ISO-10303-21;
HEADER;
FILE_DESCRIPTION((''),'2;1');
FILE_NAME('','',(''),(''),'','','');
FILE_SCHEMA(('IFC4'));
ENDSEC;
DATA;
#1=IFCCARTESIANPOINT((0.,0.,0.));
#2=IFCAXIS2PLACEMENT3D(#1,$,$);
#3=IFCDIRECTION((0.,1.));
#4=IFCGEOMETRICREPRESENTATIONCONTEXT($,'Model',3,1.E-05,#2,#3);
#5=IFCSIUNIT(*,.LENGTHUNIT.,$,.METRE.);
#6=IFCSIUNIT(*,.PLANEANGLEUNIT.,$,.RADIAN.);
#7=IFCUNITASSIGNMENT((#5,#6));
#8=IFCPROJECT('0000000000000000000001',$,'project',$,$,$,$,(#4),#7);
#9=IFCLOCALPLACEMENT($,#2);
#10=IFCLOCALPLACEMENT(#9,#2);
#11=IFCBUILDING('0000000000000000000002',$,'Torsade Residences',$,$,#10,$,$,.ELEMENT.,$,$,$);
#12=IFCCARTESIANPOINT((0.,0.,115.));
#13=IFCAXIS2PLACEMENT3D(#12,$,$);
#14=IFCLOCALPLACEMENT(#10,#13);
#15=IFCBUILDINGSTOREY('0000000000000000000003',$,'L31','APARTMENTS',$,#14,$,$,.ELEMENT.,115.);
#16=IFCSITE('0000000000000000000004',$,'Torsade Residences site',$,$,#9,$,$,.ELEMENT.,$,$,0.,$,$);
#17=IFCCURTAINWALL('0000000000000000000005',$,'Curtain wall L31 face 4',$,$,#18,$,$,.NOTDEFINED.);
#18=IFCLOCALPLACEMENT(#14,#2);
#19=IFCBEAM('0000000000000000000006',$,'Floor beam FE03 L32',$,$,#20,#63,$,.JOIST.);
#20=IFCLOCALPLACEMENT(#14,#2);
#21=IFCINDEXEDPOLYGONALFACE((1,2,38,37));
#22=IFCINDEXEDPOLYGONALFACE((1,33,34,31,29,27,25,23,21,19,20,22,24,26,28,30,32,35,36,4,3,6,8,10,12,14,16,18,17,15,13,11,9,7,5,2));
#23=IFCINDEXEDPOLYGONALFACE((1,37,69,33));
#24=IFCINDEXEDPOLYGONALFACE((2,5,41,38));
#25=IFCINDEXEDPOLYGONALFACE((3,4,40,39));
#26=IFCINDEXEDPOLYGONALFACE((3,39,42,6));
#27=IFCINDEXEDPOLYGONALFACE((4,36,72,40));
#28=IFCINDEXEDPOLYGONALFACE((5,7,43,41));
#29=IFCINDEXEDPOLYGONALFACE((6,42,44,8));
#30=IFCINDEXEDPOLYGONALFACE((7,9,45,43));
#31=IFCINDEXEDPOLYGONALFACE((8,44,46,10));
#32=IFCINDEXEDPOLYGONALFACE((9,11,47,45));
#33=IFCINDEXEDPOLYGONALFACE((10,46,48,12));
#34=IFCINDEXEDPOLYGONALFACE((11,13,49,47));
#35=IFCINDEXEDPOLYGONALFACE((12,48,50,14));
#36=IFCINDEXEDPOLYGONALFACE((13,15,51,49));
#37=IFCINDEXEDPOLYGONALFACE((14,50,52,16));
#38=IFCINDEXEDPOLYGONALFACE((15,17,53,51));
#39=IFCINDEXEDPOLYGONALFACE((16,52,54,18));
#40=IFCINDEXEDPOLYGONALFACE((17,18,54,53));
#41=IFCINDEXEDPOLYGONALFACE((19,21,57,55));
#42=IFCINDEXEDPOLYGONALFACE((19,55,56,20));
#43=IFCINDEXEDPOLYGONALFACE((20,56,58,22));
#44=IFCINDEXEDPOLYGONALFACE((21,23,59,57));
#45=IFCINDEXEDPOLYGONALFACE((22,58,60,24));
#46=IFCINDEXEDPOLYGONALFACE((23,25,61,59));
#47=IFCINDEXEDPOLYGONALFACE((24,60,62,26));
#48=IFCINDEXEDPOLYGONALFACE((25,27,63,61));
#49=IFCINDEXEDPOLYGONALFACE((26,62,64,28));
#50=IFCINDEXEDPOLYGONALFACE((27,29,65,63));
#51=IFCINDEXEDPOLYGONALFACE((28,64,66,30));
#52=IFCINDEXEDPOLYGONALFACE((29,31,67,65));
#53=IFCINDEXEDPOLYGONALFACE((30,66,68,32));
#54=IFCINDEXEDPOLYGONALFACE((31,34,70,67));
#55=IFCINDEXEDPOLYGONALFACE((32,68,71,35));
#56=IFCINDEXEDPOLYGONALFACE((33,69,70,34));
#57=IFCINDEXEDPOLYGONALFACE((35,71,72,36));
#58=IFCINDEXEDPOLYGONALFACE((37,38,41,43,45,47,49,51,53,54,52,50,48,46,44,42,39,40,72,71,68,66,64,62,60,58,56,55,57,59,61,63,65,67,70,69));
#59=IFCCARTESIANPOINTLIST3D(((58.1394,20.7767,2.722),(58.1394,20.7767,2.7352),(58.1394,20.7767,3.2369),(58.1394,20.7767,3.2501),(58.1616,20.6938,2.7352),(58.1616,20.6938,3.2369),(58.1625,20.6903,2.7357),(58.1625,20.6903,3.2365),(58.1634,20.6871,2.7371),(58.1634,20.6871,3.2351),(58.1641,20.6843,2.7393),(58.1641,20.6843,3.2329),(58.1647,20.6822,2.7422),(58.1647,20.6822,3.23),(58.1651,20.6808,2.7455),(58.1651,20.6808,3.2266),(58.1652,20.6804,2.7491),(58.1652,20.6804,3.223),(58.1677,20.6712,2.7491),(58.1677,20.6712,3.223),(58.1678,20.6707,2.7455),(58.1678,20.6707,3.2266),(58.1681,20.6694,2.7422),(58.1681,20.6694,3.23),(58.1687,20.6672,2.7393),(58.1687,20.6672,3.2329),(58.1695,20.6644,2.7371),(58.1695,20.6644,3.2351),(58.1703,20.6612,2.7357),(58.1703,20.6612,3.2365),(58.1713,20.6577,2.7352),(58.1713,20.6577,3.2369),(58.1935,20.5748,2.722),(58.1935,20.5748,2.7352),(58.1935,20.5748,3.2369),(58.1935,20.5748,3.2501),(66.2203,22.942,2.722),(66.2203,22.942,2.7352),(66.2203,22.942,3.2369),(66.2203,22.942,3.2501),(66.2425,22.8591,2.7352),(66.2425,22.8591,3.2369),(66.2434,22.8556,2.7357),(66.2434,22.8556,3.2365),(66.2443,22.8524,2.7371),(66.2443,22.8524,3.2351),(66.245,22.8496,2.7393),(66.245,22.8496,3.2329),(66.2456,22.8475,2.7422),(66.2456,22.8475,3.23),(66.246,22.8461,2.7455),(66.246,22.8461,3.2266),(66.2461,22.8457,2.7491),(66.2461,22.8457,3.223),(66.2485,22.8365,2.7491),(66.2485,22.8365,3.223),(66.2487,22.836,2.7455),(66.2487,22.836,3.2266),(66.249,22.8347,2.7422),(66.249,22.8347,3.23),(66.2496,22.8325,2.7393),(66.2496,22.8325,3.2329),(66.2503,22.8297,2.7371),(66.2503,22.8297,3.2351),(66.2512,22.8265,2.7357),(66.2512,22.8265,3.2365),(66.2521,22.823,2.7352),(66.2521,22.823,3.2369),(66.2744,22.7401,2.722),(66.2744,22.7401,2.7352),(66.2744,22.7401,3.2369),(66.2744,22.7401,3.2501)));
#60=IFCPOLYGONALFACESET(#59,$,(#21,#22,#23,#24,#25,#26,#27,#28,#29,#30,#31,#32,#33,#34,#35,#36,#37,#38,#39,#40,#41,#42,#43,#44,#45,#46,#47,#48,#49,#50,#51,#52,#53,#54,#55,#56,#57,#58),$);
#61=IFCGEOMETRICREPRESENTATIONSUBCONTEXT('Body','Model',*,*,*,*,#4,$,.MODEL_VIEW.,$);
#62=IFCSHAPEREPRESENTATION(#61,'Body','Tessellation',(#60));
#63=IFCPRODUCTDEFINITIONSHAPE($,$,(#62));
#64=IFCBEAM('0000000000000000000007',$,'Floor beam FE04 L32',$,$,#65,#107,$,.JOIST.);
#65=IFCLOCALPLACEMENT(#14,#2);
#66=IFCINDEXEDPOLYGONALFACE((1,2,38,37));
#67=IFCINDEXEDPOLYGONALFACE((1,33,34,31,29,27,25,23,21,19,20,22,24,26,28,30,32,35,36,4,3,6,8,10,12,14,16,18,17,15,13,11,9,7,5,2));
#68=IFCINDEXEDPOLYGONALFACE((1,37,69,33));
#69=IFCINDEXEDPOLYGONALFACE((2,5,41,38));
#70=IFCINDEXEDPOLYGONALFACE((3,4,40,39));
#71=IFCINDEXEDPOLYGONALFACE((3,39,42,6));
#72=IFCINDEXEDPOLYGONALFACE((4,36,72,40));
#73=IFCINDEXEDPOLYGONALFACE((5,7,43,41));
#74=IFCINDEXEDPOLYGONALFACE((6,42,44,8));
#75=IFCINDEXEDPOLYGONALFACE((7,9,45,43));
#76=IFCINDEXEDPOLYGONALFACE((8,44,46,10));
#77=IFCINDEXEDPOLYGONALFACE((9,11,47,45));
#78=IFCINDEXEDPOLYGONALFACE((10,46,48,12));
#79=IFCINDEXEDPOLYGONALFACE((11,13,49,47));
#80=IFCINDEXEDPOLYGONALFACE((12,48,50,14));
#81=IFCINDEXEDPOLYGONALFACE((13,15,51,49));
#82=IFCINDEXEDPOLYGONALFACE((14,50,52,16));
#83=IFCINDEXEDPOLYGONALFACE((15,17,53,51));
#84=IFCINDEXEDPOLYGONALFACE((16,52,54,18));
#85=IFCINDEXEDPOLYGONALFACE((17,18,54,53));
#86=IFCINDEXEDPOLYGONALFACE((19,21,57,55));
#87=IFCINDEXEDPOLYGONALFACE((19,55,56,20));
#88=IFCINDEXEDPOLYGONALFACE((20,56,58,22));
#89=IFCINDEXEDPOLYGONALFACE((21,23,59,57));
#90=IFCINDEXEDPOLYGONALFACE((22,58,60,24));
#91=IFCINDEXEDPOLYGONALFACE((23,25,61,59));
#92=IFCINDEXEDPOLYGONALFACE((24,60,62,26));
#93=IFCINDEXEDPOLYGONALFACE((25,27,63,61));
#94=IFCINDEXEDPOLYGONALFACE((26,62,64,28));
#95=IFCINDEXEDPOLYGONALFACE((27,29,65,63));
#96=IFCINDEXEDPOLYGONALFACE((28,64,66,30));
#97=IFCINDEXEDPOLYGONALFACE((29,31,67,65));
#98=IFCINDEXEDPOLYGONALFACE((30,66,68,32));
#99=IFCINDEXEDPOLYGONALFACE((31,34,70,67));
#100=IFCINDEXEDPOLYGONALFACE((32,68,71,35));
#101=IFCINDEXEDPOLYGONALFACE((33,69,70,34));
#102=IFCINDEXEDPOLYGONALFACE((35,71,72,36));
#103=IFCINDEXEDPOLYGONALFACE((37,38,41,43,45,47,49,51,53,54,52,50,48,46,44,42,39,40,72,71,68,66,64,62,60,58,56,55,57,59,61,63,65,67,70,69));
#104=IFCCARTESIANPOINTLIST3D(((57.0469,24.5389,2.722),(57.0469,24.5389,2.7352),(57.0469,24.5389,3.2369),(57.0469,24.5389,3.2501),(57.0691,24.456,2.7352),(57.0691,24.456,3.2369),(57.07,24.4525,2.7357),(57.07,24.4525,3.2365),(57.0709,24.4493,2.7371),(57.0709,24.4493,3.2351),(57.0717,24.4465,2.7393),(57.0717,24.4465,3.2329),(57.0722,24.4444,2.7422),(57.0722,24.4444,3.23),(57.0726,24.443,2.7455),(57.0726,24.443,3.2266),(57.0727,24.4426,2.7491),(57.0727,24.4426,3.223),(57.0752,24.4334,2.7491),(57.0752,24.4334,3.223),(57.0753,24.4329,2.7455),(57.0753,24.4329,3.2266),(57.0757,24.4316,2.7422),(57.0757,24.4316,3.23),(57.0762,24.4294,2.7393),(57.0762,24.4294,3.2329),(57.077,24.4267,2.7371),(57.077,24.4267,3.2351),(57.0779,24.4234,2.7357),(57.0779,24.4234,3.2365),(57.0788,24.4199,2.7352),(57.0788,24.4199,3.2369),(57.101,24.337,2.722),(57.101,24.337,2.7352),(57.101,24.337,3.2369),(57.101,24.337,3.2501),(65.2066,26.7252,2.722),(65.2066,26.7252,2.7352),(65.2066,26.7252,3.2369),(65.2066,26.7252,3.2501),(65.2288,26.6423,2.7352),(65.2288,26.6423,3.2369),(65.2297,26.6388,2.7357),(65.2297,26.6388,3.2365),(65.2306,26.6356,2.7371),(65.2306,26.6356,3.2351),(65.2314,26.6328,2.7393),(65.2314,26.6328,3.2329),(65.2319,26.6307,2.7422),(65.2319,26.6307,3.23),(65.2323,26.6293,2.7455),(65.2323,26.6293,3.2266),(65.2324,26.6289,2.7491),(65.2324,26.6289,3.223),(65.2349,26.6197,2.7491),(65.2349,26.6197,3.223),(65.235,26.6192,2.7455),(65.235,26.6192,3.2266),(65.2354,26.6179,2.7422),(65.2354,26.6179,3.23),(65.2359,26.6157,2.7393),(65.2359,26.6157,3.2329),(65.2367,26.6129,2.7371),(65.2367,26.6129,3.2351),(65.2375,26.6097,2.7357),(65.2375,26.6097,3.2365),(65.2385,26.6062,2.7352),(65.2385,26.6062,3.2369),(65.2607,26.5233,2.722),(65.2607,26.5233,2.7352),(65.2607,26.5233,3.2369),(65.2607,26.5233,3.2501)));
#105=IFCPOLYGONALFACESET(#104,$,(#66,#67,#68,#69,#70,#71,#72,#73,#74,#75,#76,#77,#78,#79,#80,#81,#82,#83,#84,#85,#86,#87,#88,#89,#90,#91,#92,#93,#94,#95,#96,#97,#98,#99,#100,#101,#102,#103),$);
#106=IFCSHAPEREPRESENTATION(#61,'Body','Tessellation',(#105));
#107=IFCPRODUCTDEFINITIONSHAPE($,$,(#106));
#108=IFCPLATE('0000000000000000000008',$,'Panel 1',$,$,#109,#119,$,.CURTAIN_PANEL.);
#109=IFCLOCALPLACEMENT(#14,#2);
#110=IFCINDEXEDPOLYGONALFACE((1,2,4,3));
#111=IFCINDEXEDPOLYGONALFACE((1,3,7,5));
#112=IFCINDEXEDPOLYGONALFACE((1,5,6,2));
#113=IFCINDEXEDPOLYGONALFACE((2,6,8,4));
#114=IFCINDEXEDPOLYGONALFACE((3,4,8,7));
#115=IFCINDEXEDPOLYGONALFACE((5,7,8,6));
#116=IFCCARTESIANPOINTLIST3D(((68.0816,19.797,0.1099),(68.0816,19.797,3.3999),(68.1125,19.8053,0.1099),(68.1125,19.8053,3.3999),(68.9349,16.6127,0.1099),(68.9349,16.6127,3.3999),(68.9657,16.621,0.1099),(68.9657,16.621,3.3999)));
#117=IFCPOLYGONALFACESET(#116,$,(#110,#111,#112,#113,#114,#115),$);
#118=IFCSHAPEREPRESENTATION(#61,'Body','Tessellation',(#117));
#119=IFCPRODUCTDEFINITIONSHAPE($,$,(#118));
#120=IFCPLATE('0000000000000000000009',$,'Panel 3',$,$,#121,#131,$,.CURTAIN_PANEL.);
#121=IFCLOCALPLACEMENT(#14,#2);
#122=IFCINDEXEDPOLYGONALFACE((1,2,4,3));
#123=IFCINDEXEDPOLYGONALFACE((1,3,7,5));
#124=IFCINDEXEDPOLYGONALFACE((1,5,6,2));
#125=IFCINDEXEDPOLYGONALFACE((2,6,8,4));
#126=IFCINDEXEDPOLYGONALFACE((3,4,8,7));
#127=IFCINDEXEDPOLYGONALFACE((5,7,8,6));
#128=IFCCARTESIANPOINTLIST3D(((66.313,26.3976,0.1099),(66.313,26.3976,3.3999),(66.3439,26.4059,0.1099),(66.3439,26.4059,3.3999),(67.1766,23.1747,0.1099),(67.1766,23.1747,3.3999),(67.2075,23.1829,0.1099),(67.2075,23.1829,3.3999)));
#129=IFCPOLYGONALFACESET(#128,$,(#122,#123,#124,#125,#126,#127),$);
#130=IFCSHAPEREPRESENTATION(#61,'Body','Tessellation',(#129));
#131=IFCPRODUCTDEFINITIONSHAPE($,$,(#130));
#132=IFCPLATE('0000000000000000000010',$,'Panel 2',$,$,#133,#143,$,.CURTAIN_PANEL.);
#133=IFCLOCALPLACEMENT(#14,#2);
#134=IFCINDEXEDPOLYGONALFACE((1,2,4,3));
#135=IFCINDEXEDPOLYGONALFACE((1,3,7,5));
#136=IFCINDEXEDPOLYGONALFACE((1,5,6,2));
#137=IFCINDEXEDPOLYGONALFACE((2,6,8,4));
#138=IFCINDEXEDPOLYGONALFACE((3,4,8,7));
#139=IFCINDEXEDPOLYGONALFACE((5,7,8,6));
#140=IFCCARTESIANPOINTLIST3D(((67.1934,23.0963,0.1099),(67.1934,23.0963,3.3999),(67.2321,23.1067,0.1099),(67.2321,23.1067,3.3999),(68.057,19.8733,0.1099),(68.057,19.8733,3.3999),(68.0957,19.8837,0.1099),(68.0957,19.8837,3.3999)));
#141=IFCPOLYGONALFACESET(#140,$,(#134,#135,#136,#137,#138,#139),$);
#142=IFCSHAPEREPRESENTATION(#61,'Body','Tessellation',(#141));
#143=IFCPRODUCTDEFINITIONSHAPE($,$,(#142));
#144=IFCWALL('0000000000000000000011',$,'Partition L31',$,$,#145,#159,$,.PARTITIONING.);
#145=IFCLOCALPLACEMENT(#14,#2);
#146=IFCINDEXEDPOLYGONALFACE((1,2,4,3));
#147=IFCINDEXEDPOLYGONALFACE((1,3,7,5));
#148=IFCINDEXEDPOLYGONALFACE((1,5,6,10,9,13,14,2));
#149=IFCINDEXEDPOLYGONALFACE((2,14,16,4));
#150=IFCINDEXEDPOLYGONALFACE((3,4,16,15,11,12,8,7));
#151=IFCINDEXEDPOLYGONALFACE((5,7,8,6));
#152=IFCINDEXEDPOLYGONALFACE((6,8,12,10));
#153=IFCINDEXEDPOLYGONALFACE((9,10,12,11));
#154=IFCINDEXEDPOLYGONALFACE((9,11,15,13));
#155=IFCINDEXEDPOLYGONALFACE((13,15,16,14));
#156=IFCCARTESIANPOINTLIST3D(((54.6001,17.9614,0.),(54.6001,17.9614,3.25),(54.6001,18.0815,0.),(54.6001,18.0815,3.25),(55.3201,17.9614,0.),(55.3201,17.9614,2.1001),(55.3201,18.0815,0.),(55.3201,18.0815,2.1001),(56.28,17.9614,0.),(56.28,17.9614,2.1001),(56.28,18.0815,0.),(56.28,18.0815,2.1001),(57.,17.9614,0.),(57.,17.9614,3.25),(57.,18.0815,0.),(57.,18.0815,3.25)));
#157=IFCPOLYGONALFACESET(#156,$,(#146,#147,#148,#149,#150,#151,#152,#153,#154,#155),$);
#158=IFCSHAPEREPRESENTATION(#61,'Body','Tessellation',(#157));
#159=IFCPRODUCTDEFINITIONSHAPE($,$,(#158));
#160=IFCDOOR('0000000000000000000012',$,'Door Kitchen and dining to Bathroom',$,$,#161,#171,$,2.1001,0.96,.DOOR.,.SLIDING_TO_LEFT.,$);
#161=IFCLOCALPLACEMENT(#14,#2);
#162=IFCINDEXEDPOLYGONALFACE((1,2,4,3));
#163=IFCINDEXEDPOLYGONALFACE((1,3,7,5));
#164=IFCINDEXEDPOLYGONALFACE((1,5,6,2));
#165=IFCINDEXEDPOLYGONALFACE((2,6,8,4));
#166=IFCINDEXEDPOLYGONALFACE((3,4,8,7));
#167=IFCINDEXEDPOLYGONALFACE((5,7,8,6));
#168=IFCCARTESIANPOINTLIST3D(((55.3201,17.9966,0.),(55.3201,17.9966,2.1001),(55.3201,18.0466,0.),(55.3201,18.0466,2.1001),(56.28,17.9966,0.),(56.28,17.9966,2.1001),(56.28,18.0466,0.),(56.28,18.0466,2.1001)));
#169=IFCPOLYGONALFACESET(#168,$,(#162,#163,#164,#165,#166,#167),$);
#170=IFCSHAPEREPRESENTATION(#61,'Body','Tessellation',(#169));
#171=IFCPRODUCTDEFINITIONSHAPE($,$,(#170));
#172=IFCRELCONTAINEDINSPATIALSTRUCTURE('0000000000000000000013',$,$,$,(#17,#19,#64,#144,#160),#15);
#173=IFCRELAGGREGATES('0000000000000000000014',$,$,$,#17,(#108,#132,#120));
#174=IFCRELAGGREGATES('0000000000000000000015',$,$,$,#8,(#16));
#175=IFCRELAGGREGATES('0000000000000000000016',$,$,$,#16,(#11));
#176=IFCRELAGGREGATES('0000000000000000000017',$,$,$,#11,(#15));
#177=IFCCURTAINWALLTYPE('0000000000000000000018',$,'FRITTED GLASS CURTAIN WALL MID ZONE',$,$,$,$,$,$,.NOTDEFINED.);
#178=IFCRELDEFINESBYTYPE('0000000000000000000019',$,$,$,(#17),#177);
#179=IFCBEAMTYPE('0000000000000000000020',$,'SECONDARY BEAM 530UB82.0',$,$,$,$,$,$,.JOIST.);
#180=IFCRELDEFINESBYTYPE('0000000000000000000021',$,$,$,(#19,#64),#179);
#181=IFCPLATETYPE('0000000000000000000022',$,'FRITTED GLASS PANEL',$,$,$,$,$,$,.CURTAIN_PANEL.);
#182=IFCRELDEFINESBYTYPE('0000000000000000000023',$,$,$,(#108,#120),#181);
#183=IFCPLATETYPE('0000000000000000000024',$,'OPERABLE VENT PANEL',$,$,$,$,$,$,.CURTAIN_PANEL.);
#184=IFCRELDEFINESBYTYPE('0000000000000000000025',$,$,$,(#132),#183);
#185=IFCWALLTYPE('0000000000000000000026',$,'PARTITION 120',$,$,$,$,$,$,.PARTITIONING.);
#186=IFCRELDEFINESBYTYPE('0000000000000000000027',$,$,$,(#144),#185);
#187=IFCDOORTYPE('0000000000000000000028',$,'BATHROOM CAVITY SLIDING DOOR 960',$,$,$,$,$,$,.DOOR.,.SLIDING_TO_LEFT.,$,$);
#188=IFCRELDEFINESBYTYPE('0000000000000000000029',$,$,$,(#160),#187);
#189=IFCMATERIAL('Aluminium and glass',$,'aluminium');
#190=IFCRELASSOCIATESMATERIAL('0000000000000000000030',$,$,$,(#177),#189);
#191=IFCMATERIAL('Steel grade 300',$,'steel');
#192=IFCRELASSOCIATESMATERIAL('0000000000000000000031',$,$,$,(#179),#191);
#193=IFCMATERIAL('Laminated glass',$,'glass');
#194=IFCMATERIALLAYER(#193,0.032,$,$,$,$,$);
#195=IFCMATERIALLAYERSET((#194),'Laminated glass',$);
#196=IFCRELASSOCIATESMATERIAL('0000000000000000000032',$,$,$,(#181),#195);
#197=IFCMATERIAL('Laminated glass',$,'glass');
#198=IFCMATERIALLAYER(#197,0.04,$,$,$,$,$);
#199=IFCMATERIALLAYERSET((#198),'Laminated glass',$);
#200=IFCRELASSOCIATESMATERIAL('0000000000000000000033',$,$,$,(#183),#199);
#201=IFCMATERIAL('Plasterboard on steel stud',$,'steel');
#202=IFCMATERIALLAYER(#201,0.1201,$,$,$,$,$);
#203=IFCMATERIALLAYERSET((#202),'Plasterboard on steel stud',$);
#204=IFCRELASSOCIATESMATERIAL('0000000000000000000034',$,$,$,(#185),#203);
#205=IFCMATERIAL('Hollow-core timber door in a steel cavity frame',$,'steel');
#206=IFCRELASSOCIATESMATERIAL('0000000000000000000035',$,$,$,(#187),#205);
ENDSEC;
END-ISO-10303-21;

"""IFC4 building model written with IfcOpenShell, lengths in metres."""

from ifc_helpers import new_model, si_unit, direction, frame, frame_2d, origin, origin_2d, place, context, subcontext, project, spatial, rectangle, i_section, extrude, material, layer, layer_set, material_profile, profile_set, type_object, element, fill, aggregate, save


model = new_model("IFC4")

# Units and contexts
model_context = context("Model", 3, precision=1e-05, world=origin(), true_north=direction((0.0, 1.0)))
body_context = subcontext(model_context, "Body", "Model", "MODEL_VIEW")
ifc_project = project(units=[si_unit("LENGTHUNIT", "METRE"), si_unit("PLANEANGLEUNIT", "RADIAN")], contexts=[model_context])

# Site, building, storey
site_placement = place(None, origin())
site = spatial("IfcSite", under=ifc_project, at=site_placement, Name="Torsade Residences site", CompositionType="ELEMENT", RefElevation=0.0)
building_placement = place(site_placement, origin())
building = spatial("IfcBuilding", under=site, at=building_placement, Name="Torsade Residences", CompositionType="ELEMENT")
storey_placement = place(building_placement, frame((0.0, 0.0, 115.0)))
storey = spatial("IfcBuildingStorey", under=building, at=storey_placement, Name="L31", Description="APARTMENTS", CompositionType="ELEMENT", Elevation=115.0)

# Curtain wall
ifc_material_1 = material(Name="Aluminium and glass", Category="aluminium")
curtain_wall_type = type_object("IfcCurtainWallType", Name="FRITTED GLASS CURTAIN WALL MID ZONE", PredefinedType="NOTDEFINED", material=ifc_material_1)
curtain_wall_placement = place(storey_placement, origin())
curtain_wall = element("IfcCurtainWall", 1, at=curtain_wall_placement, inside=storey, type_object=curtain_wall_type, Name="Curtain wall L31 face 4", PredefinedType="NOTDEFINED")

# Beams
ifc_material_2 = material(Name="Steel grade 300", Category="steel")
ifc_material_profile_1 = material_profile(ifc_material_2, i_section(OverallWidth=0.209, OverallDepth=0.5281, WebThickness=0.0095, FlangeThickness=0.0132, FilletRadius=0.0139, at=origin_2d()), Name="530UB82.0")
ifc_profile_set_1 = profile_set([ifc_material_profile_1], Name="Steel grade 300")
beam_type_1 = type_object("IfcBeamType", Name="SECONDARY BEAM 530UB82.0", PredefinedType="JOIST", material=ifc_profile_set_1)
beam_1_placement = place(storey_placement, frame((66.2473, 22.8411, 2.9861), z_axis=(-0.965925, -0.258823, 0.0), x_axis=(0.258823, -0.965925, 0.0)))
element("IfcBeam", 2, at=beam_1_placement, inside=storey, type_object=beam_type_1, Name="Floor beam FE03 L32", PredefinedType="JOIST", context=body_context, shape_type="SweptSolid", body=[
    extrude(i_section(OverallWidth=0.209, OverallDepth=0.5281, WebThickness=0.0095, FlangeThickness=0.0132, FilletRadius=0.0139, at=origin_2d()), origin(), (0.0, 0.0, 1.0), 8.366),
])
beam_2_placement = place(storey_placement, frame((65.2336, 26.6243, 2.9861), z_axis=(-0.965929, -0.258808, 0.0), x_axis=(0.258808, -0.965929, 0.0)))
element("IfcBeam", 3, at=beam_2_placement, inside=storey, type_object=beam_type_1, Name="Floor beam FE04 L32", PredefinedType="JOIST", context=body_context, shape_type="SweptSolid", body=[
    extrude(i_section(OverallWidth=0.209, OverallDepth=0.5281, WebThickness=0.0095, FlangeThickness=0.0132, FilletRadius=0.0139, at=origin_2d()), origin(), (0.0, 0.0, 1.0), 8.4475),
])

# Plates
ifc_material_3 = material(Name="Laminated glass", Category="glass")
ifc_layer_1 = layer(ifc_material_3, 0.032)
ifc_layer_set_1 = layer_set([ifc_layer_1], Name="Laminated glass")
plate_type_1 = type_object("IfcPlateType", Name="FRITTED GLASS PANEL", PredefinedType="CURTAIN_PANEL", material=ifc_layer_set_1)
plate_1_placement = place(storey_placement, frame((68.5237, 18.209, 0.1099), z_axis=(0.0, 0.0, 1.0), x_axis=(-0.258819, 0.965926, 0.0)))
plate_1 = element("IfcPlate", 4, at=plate_1_placement, type_object=plate_type_1, Name="Panel 1", PredefinedType="CURTAIN_PANEL", context=body_context, shape_type="SweptSolid", body=[
    extrude(rectangle(XDim=3.2966, YDim=0.032, at=origin_2d()), origin(), (0.0, 0.0, 1.0), 3.29),
])
plate_2_placement = place(storey_placement, frame((66.7603, 24.7903, 0.1099), z_axis=(0.0, 0.0, 1.0), x_axis=(-0.258819, 0.965926, 0.0)))
plate_2 = element("IfcPlate", 5, at=plate_2_placement, type_object=plate_type_1, Name="Panel 3", PredefinedType="CURTAIN_PANEL", context=body_context, shape_type="SweptSolid", body=[
    extrude(rectangle(XDim=3.3367, YDim=0.032, at=origin_2d()), origin(), (0.0, 0.0, 1.0), 3.29),
])
ifc_material_4 = material(Name="Laminated glass", Category="glass")
ifc_layer_2 = layer(ifc_material_4, 0.04)
ifc_layer_set_2 = layer_set([ifc_layer_2], Name="Laminated glass")
plate_type_2 = type_object("IfcPlateType", Name="OPERABLE VENT PANEL", PredefinedType="CURTAIN_PANEL", material=ifc_layer_set_2)
plate_3_placement = place(storey_placement, frame((67.6445, 21.49, 0.1099), z_axis=(0.0, 0.0, 1.0), x_axis=(-0.258819, 0.965926, 0.0)))
plate_3 = element("IfcPlate", 6, at=plate_3_placement, type_object=plate_type_2, Name="Panel 2", PredefinedType="CURTAIN_PANEL", context=body_context, shape_type="SweptSolid", body=[
    extrude(rectangle(XDim=3.3367, YDim=0.04, at=origin_2d()), origin(), (0.0, 0.0, 1.0), 3.29),
])
aggregate(curtain_wall, [plate_1, plate_3, plate_2])

# Wall, opening, door
ifc_material_5 = material(Name="Plasterboard on steel stud", Category="steel")
ifc_layer_3 = layer(ifc_material_5, 0.1201)
ifc_layer_set_3 = layer_set([ifc_layer_3], Name="Plasterboard on steel stud")
wall_type_1 = type_object("IfcWallType", Name="PARTITION 120", PredefinedType="PARTITIONING", material=ifc_layer_set_3)
wall_1_placement = place(storey_placement, frame((57.0, 18.0215, 0.0), z_axis=(0.0, 0.0, 1.0), x_axis=(-1.0, 0.0, 0.0)))
wall_1 = element("IfcWall", 7, at=wall_1_placement, inside=storey, type_object=wall_type_1, Name="Partition L31", PredefinedType="PARTITIONING", context=body_context, shape_type="SweptSolid", body=[
    extrude(rectangle(XDim=2.3999, YDim=0.1201, at=frame_2d((1.2, 0.0))), origin(), (0.0, 0.0, 1.0), 3.25),
])
opening_1_placement = place(wall_1_placement, frame((0.72, 0.0, 0.0)))
opening_1 = element("IfcOpeningElement", 8, at=opening_1_placement, cuts=wall_1, PredefinedType="OPENING", context=body_context, shape_type="SweptSolid", body=[
    extrude(rectangle(XDim=0.96, YDim=2.1001, at=frame_2d((0.48, 1.05))), frame((0.0, 0.0701, 0.0), z_axis=(0.0, -1.0, 0.0), x_axis=(1.0, 0.0, 0.0)), (0.0, 0.0, 1.0), 0.1401),
])
ifc_material_6 = material(Name="Hollow-core timber door in a steel cavity frame", Category="steel")
door_type_1 = type_object("IfcDoorType", Name="BATHROOM CAVITY SLIDING DOOR 960", OperationType="SLIDING_TO_LEFT", PredefinedType="DOOR", material=ifc_material_6)
door_1_placement = place(opening_1_placement, origin())
door_1 = element("IfcDoor", 9, at=door_1_placement, inside=storey, type_object=door_type_1, Name="Door Kitchen and dining to Bathroom", OperationType="SLIDING_TO_LEFT", OverallHeight=2.1001, OverallWidth=0.96, PredefinedType="DOOR", context=body_context, shape_type="SweptSolid", body=[
    extrude(rectangle(XDim=0.96, YDim=2.1001, at=frame_2d((0.48, 1.05))), frame((0.0, 0.0249, 0.0), z_axis=(0.0, -1.0, 0.0), x_axis=(1.0, 0.0, 0.0)), (0.0, 0.0, 1.0), 0.05),
])
fill(opening_1, door_1)

save(model, "model.ifc")
